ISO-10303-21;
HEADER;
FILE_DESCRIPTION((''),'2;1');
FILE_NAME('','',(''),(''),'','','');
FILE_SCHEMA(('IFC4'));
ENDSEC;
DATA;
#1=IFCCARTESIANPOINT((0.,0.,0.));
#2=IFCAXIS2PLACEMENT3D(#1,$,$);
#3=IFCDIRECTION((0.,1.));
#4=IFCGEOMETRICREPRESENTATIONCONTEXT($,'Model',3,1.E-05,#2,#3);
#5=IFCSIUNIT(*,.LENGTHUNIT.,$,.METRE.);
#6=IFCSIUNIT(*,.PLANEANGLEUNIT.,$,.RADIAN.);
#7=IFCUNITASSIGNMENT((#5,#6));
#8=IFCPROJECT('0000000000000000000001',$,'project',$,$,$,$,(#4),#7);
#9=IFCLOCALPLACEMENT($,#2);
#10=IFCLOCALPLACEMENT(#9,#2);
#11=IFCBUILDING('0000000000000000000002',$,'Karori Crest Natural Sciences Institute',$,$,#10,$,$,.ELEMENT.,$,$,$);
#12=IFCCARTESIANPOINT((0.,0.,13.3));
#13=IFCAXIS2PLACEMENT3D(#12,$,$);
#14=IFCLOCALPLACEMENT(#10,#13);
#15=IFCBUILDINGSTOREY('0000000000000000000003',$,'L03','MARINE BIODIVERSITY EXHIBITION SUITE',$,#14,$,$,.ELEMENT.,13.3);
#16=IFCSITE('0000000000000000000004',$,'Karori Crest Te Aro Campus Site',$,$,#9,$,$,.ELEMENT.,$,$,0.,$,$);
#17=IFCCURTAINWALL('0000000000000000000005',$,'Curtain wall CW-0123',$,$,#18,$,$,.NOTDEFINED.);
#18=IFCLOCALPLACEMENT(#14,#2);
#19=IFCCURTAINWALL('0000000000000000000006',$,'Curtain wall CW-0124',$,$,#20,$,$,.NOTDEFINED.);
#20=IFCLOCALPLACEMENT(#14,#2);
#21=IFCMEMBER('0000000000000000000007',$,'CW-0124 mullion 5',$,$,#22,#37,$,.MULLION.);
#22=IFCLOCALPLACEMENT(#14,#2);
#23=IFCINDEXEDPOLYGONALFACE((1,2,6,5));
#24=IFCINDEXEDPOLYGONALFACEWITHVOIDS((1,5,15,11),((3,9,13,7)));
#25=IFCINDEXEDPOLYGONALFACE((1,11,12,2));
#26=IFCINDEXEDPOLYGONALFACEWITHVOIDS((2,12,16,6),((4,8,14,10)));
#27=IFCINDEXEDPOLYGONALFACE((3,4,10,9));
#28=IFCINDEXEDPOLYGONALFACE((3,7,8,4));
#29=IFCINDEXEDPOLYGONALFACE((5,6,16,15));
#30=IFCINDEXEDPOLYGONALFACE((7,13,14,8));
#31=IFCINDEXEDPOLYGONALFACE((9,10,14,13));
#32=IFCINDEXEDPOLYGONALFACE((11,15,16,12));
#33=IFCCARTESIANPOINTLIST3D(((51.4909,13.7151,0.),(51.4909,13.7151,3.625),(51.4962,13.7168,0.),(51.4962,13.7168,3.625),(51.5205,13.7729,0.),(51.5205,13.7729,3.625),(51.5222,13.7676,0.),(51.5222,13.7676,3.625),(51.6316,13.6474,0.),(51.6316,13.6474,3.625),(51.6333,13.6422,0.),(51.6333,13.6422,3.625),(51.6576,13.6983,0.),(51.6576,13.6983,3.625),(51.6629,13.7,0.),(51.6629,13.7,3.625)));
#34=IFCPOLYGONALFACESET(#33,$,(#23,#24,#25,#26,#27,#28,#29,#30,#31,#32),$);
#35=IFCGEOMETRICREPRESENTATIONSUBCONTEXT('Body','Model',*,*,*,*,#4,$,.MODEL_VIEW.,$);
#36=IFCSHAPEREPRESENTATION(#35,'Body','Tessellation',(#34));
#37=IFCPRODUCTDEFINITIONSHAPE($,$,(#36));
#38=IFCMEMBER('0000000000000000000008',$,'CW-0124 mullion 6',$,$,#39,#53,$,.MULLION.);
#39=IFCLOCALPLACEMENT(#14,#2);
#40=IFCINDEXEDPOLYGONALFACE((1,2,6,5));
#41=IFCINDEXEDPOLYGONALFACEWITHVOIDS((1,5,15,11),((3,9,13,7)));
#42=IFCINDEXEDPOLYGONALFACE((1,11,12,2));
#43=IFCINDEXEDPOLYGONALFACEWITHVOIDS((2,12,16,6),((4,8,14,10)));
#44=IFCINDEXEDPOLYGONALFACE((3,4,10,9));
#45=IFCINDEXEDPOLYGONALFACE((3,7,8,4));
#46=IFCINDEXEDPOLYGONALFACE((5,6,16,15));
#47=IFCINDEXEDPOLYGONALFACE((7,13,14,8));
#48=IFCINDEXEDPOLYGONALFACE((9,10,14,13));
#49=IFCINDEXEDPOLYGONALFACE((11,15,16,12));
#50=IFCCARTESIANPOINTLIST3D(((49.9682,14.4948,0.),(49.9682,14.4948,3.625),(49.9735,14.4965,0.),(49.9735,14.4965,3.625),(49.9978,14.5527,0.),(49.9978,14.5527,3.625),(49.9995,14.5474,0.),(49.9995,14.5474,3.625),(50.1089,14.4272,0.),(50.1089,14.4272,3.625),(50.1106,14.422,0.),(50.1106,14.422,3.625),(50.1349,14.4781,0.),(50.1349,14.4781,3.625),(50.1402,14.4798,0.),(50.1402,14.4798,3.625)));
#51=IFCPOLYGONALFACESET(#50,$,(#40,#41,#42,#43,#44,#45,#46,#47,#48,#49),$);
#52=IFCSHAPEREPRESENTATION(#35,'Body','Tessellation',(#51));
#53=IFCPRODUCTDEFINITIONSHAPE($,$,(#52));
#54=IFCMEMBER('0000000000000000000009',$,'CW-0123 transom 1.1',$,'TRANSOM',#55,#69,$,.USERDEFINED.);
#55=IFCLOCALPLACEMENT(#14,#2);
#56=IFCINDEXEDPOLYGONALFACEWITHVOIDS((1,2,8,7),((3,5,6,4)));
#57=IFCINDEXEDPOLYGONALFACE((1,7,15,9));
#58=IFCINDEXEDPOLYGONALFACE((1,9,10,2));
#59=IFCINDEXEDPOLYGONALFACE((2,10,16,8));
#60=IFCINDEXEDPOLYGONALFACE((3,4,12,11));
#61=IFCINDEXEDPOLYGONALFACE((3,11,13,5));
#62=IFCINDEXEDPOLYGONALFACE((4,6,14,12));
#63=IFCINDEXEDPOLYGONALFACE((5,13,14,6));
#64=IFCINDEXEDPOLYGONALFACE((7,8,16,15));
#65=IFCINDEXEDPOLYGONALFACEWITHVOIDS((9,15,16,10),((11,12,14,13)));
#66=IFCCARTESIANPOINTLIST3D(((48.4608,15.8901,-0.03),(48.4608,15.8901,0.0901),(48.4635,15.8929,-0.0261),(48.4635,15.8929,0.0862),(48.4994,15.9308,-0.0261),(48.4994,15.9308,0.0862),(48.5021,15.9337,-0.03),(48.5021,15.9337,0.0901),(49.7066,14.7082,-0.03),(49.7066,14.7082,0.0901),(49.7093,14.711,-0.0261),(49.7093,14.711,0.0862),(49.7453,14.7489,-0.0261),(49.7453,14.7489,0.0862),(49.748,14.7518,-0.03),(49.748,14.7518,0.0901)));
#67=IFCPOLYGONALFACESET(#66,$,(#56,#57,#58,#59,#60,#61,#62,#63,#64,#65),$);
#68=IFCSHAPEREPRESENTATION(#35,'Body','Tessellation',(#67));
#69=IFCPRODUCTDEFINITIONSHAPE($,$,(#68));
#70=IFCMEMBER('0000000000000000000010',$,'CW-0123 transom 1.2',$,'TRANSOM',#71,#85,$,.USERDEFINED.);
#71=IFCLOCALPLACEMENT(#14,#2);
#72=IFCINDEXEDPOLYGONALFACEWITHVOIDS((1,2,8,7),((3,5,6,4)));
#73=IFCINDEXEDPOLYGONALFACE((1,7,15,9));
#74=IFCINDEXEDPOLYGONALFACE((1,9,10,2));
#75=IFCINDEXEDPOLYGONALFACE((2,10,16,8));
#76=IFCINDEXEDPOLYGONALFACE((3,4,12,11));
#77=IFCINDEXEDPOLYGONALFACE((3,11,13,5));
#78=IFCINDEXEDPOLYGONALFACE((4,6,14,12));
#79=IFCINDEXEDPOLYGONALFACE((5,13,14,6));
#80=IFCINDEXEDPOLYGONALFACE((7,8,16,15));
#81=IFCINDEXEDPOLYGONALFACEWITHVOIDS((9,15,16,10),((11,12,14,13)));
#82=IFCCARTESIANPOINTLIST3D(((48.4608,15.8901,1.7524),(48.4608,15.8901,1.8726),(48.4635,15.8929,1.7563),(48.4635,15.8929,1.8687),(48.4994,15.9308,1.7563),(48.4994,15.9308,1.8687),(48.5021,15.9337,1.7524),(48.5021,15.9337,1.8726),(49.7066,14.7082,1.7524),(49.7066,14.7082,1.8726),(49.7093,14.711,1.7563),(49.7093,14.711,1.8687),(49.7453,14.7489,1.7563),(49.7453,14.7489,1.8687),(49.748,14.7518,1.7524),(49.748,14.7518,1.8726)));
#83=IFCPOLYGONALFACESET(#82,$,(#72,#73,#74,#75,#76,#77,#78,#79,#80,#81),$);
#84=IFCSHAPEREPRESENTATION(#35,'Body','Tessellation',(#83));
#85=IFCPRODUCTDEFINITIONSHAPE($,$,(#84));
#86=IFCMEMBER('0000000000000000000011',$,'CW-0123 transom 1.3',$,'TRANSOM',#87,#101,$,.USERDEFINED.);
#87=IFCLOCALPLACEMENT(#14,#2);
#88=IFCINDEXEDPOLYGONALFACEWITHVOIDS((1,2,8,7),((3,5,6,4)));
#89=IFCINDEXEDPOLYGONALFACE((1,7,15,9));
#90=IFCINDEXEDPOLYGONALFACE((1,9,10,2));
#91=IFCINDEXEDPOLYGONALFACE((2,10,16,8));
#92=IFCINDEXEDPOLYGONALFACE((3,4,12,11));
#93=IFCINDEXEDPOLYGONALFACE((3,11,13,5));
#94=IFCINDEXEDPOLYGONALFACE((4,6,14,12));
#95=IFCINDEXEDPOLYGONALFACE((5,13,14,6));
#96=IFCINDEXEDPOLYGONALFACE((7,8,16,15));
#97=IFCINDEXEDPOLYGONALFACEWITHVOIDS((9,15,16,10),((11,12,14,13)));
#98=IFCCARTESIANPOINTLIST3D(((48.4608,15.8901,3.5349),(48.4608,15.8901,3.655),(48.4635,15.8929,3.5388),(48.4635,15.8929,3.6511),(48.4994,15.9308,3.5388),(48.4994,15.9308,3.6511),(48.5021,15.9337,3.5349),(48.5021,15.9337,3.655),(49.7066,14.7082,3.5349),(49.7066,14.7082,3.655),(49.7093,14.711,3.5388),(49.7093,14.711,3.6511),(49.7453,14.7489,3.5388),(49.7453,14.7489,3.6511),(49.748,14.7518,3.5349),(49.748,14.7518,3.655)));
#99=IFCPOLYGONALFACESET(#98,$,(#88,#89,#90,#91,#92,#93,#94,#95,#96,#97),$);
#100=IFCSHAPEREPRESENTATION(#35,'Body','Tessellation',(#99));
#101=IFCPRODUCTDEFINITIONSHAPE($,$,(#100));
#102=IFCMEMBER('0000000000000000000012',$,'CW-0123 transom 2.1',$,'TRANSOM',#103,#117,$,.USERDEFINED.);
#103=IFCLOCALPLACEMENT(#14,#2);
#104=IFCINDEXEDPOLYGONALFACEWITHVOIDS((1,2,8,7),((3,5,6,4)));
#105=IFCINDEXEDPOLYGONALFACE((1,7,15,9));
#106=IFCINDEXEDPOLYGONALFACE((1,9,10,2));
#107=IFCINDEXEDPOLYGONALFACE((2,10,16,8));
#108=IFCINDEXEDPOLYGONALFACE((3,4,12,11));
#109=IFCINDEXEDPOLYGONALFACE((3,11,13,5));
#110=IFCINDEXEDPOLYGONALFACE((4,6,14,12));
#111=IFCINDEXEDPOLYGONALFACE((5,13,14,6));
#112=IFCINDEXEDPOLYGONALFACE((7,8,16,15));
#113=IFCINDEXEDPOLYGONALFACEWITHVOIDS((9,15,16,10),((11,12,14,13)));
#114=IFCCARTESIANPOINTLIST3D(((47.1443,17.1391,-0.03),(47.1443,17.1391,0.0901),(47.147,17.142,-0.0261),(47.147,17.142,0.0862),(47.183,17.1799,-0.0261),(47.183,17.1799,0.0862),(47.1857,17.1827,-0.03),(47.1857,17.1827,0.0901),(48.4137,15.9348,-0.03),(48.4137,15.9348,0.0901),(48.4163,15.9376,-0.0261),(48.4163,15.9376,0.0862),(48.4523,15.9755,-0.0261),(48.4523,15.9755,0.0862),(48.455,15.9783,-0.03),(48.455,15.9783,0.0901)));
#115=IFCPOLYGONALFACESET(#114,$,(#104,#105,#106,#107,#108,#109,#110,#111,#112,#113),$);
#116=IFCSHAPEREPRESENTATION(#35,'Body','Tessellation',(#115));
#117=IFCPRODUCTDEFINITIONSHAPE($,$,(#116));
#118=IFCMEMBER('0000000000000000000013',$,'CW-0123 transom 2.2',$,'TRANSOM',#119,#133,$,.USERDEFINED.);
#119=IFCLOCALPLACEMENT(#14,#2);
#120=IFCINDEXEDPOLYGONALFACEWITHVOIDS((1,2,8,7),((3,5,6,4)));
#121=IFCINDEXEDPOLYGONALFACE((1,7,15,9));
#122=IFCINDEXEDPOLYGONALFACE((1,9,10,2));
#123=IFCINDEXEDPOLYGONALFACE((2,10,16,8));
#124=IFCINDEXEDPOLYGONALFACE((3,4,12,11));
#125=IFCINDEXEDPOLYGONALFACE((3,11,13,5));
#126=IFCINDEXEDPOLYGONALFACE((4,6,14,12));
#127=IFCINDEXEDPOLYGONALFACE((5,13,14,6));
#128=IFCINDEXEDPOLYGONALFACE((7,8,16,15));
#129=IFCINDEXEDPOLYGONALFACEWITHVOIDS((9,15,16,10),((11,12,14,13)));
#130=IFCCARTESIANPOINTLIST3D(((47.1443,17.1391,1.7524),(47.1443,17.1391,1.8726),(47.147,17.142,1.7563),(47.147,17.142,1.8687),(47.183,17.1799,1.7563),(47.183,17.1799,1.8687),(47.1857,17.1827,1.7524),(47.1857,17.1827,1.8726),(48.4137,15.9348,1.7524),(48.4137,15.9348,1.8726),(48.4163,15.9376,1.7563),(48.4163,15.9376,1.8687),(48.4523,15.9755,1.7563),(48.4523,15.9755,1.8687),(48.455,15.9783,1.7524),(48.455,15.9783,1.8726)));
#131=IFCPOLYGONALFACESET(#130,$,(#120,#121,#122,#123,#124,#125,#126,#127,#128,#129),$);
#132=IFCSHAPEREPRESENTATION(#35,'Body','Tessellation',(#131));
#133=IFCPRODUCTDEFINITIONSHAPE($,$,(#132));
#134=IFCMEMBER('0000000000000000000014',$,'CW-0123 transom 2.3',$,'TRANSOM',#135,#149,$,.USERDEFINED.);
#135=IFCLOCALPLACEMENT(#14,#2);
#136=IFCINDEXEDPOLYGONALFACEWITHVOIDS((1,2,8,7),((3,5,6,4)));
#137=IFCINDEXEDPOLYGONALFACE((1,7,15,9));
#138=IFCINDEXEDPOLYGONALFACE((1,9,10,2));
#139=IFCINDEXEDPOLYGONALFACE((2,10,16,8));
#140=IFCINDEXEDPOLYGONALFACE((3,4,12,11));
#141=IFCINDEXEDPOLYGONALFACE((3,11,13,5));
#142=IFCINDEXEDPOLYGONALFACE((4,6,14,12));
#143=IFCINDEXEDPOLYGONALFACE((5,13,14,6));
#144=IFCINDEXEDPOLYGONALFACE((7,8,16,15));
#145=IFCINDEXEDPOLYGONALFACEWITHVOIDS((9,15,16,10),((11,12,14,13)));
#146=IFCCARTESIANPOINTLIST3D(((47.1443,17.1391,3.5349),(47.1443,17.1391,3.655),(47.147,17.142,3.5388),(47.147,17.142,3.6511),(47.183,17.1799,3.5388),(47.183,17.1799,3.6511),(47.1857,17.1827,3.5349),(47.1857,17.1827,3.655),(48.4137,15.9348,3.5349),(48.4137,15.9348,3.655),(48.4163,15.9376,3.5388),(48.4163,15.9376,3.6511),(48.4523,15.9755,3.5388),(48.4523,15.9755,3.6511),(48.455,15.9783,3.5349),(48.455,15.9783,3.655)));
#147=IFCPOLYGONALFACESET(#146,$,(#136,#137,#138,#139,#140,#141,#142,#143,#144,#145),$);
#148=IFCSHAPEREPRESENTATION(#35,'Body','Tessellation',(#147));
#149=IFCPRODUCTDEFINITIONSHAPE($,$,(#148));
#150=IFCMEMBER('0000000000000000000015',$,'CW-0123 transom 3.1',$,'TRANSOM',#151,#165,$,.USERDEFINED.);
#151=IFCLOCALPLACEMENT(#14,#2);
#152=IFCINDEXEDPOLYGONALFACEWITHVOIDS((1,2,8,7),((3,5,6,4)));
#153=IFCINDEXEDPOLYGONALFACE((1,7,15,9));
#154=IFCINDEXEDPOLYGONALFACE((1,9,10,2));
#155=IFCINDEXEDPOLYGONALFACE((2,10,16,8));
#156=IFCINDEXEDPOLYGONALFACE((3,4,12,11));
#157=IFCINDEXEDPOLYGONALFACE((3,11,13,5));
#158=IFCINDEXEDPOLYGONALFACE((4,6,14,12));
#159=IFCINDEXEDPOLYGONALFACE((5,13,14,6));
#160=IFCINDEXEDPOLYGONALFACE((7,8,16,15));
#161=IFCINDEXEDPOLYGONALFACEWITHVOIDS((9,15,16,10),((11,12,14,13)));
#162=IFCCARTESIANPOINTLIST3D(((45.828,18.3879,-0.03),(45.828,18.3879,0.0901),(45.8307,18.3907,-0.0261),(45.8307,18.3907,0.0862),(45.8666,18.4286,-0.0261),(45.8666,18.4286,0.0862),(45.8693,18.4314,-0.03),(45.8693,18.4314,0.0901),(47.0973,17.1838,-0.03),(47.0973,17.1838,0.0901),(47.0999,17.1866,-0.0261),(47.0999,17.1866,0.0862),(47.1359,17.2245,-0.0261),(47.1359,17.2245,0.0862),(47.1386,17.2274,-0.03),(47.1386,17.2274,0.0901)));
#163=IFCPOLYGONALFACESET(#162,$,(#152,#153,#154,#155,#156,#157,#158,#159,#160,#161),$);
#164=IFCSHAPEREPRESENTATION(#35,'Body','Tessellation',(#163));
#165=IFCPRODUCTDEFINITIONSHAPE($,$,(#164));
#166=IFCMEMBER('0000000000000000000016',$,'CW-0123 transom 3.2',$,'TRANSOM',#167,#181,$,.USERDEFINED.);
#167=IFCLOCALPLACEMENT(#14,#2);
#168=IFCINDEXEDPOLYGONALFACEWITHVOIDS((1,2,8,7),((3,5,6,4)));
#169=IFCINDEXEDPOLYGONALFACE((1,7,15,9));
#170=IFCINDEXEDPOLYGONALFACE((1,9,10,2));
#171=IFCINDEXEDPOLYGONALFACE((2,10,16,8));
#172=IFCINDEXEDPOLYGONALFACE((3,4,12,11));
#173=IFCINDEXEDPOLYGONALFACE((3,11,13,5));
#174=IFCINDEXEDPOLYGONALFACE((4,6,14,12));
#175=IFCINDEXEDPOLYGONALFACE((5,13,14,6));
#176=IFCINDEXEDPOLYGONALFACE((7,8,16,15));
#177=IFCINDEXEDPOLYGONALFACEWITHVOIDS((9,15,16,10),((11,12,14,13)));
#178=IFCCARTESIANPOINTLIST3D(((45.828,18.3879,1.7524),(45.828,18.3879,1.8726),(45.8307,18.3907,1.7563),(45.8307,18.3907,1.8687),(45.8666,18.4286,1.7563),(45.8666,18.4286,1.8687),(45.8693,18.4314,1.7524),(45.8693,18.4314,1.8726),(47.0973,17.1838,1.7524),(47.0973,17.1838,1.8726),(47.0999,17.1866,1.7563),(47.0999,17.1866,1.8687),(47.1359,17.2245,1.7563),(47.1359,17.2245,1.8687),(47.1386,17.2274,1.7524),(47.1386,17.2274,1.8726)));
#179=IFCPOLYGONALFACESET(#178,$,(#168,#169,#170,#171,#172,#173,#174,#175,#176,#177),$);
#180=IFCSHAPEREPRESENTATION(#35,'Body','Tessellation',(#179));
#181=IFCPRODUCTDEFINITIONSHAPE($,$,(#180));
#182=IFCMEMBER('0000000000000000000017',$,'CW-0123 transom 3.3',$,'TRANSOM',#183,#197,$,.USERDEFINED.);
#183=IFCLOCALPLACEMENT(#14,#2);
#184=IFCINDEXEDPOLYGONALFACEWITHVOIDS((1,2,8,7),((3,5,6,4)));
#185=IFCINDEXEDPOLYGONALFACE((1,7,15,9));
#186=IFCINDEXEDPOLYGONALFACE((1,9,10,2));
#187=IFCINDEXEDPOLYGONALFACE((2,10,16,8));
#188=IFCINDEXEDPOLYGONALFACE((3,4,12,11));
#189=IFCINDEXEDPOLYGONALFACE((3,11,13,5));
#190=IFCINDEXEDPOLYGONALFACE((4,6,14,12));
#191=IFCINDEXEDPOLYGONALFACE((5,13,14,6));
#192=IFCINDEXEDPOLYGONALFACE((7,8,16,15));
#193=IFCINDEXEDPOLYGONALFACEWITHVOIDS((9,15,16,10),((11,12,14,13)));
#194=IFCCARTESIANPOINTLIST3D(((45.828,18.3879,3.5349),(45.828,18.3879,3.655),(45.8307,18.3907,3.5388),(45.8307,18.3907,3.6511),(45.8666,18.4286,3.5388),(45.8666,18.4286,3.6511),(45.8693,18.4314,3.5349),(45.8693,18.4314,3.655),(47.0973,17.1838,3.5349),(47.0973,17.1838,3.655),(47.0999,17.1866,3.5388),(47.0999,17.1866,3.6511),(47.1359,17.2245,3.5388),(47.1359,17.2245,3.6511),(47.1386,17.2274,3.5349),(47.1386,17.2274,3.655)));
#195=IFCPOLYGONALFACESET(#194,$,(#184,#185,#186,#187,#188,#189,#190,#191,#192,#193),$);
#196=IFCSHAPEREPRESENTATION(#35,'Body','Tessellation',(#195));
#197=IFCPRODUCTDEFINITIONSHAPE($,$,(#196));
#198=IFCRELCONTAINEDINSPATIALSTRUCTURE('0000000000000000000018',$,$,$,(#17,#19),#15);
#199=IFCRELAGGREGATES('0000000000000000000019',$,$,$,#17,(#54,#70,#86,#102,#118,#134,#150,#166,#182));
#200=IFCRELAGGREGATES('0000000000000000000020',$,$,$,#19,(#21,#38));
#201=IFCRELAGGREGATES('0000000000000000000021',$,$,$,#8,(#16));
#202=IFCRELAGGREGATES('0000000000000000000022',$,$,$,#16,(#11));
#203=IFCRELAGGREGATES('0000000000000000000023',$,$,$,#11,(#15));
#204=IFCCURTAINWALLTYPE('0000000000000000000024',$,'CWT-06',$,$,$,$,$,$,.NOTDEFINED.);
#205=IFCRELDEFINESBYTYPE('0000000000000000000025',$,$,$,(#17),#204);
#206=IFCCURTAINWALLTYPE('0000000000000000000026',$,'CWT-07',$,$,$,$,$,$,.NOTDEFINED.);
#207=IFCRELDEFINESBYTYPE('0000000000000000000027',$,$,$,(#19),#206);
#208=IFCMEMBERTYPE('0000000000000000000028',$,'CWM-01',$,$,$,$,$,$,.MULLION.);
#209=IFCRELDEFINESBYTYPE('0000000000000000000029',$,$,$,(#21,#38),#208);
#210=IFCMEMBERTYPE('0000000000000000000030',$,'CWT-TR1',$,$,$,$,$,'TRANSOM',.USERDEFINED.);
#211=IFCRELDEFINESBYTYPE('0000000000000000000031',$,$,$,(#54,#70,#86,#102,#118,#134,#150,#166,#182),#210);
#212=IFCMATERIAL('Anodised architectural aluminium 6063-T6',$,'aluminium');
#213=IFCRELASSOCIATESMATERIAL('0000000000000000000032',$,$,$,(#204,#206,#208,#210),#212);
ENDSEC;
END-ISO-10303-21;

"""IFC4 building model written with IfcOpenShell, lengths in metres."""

from ifc_helpers import new_model, si_unit, direction, frame, origin, origin_2d, place, context, subcontext, project, spatial, hollow_rectangle, extrude, material, material_profile, profile_set, type_object, element, aggregate, save


model = new_model("IFC4")

# Units and contexts
model_context = context("Model", 3, precision=1e-05, world=origin(), true_north=direction((0.0, 1.0)))
body_context = subcontext(model_context, "Body", "Model", "MODEL_VIEW")
ifc_project = project(units=[si_unit("LENGTHUNIT", "METRE"), si_unit("PLANEANGLEUNIT", "RADIAN")], contexts=[model_context])

# Site, building, storey
site_placement = place(None, origin())
site = spatial("IfcSite", under=ifc_project, at=site_placement, Name="Karori Crest Te Aro Campus Site", CompositionType="ELEMENT", RefElevation=0.0)
building_placement = place(site_placement, origin())
building = spatial("IfcBuilding", under=site, at=building_placement, Name="Karori Crest Natural Sciences Institute", CompositionType="ELEMENT")
storey_placement = place(building_placement, frame((0.0, 0.0, 13.3)))
storey = spatial("IfcBuildingStorey", under=building, at=storey_placement, Name="L03", Description="MARINE BIODIVERSITY EXHIBITION SUITE", CompositionType="ELEMENT", Elevation=13.3)

# Curtain walls, members
ifc_material_1 = material(Name="Anodised architectural aluminium 6063-T6", Category="aluminium")
curtain_wall_type_1 = type_object("IfcCurtainWallType", Name="CWT-06", PredefinedType="NOTDEFINED", material=ifc_material_1)
curtain_wall_1_placement = place(storey_placement, origin())
curtain_wall_1 = element("IfcCurtainWall", 1, at=curtain_wall_1_placement, inside=storey, type_object=curtain_wall_type_1, Name="Curtain wall CW-0123", PredefinedType="NOTDEFINED")
ifc_material_profile_1 = material_profile(ifc_material_1, hollow_rectangle(XDim=0.0649, YDim=0.1599, WallThickness=0.0039, at=origin_2d()), Name="CWM160x65x4")
ifc_profile_set_1 = profile_set([ifc_material_profile_1], Name="Anodised architectural aluminium 6063-T6")
member_type_1 = type_object("IfcMemberType", Name="CWM-01", PredefinedType="MULLION", material=ifc_profile_set_1)
curtain_wall_type_2 = type_object("IfcCurtainWallType", Name="CWT-07", PredefinedType="NOTDEFINED", material=ifc_material_1)
curtain_wall_2_placement = place(storey_placement, origin())
curtain_wall_2 = element("IfcCurtainWall", 2, at=curtain_wall_2_placement, inside=storey, type_object=curtain_wall_type_2, Name="Curtain wall CW-0124", PredefinedType="NOTDEFINED")
member_1_placement = place(storey_placement, frame((51.5769, 13.7075, 0.0), z_axis=(0.0, 0.0, 1.0), x_axis=(-0.455829, -0.890067, 0.0)))
member_1 = element("IfcMember", 3, at=member_1_placement, type_object=member_type_1, Name="CW-0124 mullion 5", PredefinedType="MULLION", context=body_context, shape_type="SweptSolid", body=[
    extrude(hollow_rectangle(XDim=0.0649, YDim=0.1599, WallThickness=0.0039, at=origin_2d()), origin(), (0.0, 0.0, 1.0), 3.625),
])
member_2_placement = place(storey_placement, frame((50.0542, 14.4873, 0.0), z_axis=(0.0, 0.0, 1.0), x_axis=(-0.455829, -0.890067, 0.0)))
member_2 = element("IfcMember", 4, at=member_2_placement, type_object=member_type_1, Name="CW-0124 mullion 6", PredefinedType="MULLION", context=body_context, shape_type="SweptSolid", body=[
    extrude(hollow_rectangle(XDim=0.0649, YDim=0.1599, WallThickness=0.0039, at=origin_2d()), origin(), (0.0, 0.0, 1.0), 3.625),
])

# Members
ifc_material_profile_2 = material_profile(ifc_material_1, hollow_rectangle(XDim=0.0601, YDim=0.1201, WallThickness=0.0039, at=origin_2d()), Name="CWT120x60x4")
ifc_profile_set_2 = profile_set([ifc_material_profile_2], Name="Anodised architectural aluminium 6063-T6")
member_type_2 = type_object("IfcMemberType", Name="CWT-TR1", ElementType="TRANSOM", PredefinedType="USERDEFINED", material=ifc_profile_set_2)
member_3_placement = place(storey_placement, frame((49.7273, 14.73, 0.03), z_axis=(-0.725486, 0.688237, 0.0), x_axis=(-0.688237, -0.725486, 0.0)))
member_3 = element("IfcMember", 5, at=member_3_placement, type_object=member_type_2, Name="CW-0123 transom 1.1", ObjectType="TRANSOM", PredefinedType="USERDEFINED", context=body_context, shape_type="SweptSolid", body=[
    extrude(hollow_rectangle(XDim=0.0601, YDim=0.1201, WallThickness=0.0039, at=origin_2d()), origin(), (0.0, 0.0, 1.0), 1.7173),
])
member_4_placement = place(storey_placement, frame((49.7273, 14.73, 1.8125), z_axis=(-0.725486, 0.688237, 0.0), x_axis=(-0.688237, -0.725486, 0.0)))
member_4 = element("IfcMember", 6, at=member_4_placement, type_object=member_type_2, Name="CW-0123 transom 1.2", ObjectType="TRANSOM", PredefinedType="USERDEFINED", context=body_context, shape_type="SweptSolid", body=[
    extrude(hollow_rectangle(XDim=0.0601, YDim=0.1201, WallThickness=0.0039, at=origin_2d()), origin(), (0.0, 0.0, 1.0), 1.7173),
])
member_5_placement = place(storey_placement, frame((49.7273, 14.73, 3.595), z_axis=(-0.725486, 0.688237, 0.0), x_axis=(-0.688237, -0.725486, 0.0)))
member_5 = element("IfcMember", 7, at=member_5_placement, type_object=member_type_2, Name="CW-0123 transom 1.3", ObjectType="TRANSOM", PredefinedType="USERDEFINED", context=body_context, shape_type="SweptSolid", body=[
    extrude(hollow_rectangle(XDim=0.0601, YDim=0.1201, WallThickness=0.0039, at=origin_2d()), origin(), (0.0, 0.0, 1.0), 1.7173),
])
member_6_placement = place(storey_placement, frame((48.4343, 15.9565, 0.03), z_axis=(-0.725421, 0.688306, 0.0), x_axis=(-0.688306, -0.725421, 0.0)))
member_6 = element("IfcMember", 8, at=member_6_placement, type_object=member_type_2, Name="CW-0123 transom 2.1", ObjectType="TRANSOM", PredefinedType="USERDEFINED", context=body_context, shape_type="SweptSolid", body=[
    extrude(hollow_rectangle(XDim=0.0601, YDim=0.1201, WallThickness=0.0039, at=origin_2d()), origin(), (0.0, 0.0, 1.0), 1.7498),
])
member_7_placement = place(storey_placement, frame((48.4343, 15.9565, 1.8125), z_axis=(-0.725421, 0.688306, 0.0), x_axis=(-0.688306, -0.725421, 0.0)))
member_7 = element("IfcMember", 9, at=member_7_placement, type_object=member_type_2, Name="CW-0123 transom 2.2", ObjectType="TRANSOM", PredefinedType="USERDEFINED", context=body_context, shape_type="SweptSolid", body=[
    extrude(hollow_rectangle(XDim=0.0601, YDim=0.1201, WallThickness=0.0039, at=origin_2d()), origin(), (0.0, 0.0, 1.0), 1.7498),
])
member_8_placement = place(storey_placement, frame((48.4343, 15.9565, 3.595), z_axis=(-0.725421, 0.688306, 0.0), x_axis=(-0.688306, -0.725421, 0.0)))
member_8 = element("IfcMember", 10, at=member_8_placement, type_object=member_type_2, Name="CW-0123 transom 2.3", ObjectType="TRANSOM", PredefinedType="USERDEFINED", context=body_context, shape_type="SweptSolid", body=[
    extrude(hollow_rectangle(XDim=0.0601, YDim=0.1201, WallThickness=0.0039, at=origin_2d()), origin(), (0.0, 0.0, 1.0), 1.7498),
])
member_9_placement = place(storey_placement, frame((47.1179, 17.2056, 0.03), z_axis=(-0.72549, 0.688232, 0.0), x_axis=(-0.688232, -0.72549, 0.0)))
member_9 = element("IfcMember", 11, at=member_9_placement, type_object=member_type_2, Name="CW-0123 transom 3.1", ObjectType="TRANSOM", PredefinedType="USERDEFINED", context=body_context, shape_type="SweptSolid", body=[
    extrude(hollow_rectangle(XDim=0.0601, YDim=0.1201, WallThickness=0.0039, at=origin_2d()), origin(), (0.0, 0.0, 1.0), 1.7495),
])
member_10_placement = place(storey_placement, frame((47.1179, 17.2056, 1.8125), z_axis=(-0.72549, 0.688232, 0.0), x_axis=(-0.688232, -0.72549, 0.0)))
member_10 = element("IfcMember", 12, at=member_10_placement, type_object=member_type_2, Name="CW-0123 transom 3.2", ObjectType="TRANSOM", PredefinedType="USERDEFINED", context=body_context, shape_type="SweptSolid", body=[
    extrude(hollow_rectangle(XDim=0.0601, YDim=0.1201, WallThickness=0.0039, at=origin_2d()), origin(), (0.0, 0.0, 1.0), 1.7495),
])
member_11_placement = place(storey_placement, frame((47.1179, 17.2056, 3.595), z_axis=(-0.72549, 0.688232, 0.0), x_axis=(-0.688232, -0.72549, 0.0)))
member_11 = element("IfcMember", 13, at=member_11_placement, type_object=member_type_2, Name="CW-0123 transom 3.3", ObjectType="TRANSOM", PredefinedType="USERDEFINED", context=body_context, shape_type="SweptSolid", body=[
    extrude(hollow_rectangle(XDim=0.0601, YDim=0.1201, WallThickness=0.0039, at=origin_2d()), origin(), (0.0, 0.0, 1.0), 1.7495),
])

aggregate(curtain_wall_1, [member_3, member_4, member_5, member_6, member_7, member_8, member_9, member_10, member_11])
aggregate(curtain_wall_2, [member_1, member_2])

save(model, "model.ifc")
